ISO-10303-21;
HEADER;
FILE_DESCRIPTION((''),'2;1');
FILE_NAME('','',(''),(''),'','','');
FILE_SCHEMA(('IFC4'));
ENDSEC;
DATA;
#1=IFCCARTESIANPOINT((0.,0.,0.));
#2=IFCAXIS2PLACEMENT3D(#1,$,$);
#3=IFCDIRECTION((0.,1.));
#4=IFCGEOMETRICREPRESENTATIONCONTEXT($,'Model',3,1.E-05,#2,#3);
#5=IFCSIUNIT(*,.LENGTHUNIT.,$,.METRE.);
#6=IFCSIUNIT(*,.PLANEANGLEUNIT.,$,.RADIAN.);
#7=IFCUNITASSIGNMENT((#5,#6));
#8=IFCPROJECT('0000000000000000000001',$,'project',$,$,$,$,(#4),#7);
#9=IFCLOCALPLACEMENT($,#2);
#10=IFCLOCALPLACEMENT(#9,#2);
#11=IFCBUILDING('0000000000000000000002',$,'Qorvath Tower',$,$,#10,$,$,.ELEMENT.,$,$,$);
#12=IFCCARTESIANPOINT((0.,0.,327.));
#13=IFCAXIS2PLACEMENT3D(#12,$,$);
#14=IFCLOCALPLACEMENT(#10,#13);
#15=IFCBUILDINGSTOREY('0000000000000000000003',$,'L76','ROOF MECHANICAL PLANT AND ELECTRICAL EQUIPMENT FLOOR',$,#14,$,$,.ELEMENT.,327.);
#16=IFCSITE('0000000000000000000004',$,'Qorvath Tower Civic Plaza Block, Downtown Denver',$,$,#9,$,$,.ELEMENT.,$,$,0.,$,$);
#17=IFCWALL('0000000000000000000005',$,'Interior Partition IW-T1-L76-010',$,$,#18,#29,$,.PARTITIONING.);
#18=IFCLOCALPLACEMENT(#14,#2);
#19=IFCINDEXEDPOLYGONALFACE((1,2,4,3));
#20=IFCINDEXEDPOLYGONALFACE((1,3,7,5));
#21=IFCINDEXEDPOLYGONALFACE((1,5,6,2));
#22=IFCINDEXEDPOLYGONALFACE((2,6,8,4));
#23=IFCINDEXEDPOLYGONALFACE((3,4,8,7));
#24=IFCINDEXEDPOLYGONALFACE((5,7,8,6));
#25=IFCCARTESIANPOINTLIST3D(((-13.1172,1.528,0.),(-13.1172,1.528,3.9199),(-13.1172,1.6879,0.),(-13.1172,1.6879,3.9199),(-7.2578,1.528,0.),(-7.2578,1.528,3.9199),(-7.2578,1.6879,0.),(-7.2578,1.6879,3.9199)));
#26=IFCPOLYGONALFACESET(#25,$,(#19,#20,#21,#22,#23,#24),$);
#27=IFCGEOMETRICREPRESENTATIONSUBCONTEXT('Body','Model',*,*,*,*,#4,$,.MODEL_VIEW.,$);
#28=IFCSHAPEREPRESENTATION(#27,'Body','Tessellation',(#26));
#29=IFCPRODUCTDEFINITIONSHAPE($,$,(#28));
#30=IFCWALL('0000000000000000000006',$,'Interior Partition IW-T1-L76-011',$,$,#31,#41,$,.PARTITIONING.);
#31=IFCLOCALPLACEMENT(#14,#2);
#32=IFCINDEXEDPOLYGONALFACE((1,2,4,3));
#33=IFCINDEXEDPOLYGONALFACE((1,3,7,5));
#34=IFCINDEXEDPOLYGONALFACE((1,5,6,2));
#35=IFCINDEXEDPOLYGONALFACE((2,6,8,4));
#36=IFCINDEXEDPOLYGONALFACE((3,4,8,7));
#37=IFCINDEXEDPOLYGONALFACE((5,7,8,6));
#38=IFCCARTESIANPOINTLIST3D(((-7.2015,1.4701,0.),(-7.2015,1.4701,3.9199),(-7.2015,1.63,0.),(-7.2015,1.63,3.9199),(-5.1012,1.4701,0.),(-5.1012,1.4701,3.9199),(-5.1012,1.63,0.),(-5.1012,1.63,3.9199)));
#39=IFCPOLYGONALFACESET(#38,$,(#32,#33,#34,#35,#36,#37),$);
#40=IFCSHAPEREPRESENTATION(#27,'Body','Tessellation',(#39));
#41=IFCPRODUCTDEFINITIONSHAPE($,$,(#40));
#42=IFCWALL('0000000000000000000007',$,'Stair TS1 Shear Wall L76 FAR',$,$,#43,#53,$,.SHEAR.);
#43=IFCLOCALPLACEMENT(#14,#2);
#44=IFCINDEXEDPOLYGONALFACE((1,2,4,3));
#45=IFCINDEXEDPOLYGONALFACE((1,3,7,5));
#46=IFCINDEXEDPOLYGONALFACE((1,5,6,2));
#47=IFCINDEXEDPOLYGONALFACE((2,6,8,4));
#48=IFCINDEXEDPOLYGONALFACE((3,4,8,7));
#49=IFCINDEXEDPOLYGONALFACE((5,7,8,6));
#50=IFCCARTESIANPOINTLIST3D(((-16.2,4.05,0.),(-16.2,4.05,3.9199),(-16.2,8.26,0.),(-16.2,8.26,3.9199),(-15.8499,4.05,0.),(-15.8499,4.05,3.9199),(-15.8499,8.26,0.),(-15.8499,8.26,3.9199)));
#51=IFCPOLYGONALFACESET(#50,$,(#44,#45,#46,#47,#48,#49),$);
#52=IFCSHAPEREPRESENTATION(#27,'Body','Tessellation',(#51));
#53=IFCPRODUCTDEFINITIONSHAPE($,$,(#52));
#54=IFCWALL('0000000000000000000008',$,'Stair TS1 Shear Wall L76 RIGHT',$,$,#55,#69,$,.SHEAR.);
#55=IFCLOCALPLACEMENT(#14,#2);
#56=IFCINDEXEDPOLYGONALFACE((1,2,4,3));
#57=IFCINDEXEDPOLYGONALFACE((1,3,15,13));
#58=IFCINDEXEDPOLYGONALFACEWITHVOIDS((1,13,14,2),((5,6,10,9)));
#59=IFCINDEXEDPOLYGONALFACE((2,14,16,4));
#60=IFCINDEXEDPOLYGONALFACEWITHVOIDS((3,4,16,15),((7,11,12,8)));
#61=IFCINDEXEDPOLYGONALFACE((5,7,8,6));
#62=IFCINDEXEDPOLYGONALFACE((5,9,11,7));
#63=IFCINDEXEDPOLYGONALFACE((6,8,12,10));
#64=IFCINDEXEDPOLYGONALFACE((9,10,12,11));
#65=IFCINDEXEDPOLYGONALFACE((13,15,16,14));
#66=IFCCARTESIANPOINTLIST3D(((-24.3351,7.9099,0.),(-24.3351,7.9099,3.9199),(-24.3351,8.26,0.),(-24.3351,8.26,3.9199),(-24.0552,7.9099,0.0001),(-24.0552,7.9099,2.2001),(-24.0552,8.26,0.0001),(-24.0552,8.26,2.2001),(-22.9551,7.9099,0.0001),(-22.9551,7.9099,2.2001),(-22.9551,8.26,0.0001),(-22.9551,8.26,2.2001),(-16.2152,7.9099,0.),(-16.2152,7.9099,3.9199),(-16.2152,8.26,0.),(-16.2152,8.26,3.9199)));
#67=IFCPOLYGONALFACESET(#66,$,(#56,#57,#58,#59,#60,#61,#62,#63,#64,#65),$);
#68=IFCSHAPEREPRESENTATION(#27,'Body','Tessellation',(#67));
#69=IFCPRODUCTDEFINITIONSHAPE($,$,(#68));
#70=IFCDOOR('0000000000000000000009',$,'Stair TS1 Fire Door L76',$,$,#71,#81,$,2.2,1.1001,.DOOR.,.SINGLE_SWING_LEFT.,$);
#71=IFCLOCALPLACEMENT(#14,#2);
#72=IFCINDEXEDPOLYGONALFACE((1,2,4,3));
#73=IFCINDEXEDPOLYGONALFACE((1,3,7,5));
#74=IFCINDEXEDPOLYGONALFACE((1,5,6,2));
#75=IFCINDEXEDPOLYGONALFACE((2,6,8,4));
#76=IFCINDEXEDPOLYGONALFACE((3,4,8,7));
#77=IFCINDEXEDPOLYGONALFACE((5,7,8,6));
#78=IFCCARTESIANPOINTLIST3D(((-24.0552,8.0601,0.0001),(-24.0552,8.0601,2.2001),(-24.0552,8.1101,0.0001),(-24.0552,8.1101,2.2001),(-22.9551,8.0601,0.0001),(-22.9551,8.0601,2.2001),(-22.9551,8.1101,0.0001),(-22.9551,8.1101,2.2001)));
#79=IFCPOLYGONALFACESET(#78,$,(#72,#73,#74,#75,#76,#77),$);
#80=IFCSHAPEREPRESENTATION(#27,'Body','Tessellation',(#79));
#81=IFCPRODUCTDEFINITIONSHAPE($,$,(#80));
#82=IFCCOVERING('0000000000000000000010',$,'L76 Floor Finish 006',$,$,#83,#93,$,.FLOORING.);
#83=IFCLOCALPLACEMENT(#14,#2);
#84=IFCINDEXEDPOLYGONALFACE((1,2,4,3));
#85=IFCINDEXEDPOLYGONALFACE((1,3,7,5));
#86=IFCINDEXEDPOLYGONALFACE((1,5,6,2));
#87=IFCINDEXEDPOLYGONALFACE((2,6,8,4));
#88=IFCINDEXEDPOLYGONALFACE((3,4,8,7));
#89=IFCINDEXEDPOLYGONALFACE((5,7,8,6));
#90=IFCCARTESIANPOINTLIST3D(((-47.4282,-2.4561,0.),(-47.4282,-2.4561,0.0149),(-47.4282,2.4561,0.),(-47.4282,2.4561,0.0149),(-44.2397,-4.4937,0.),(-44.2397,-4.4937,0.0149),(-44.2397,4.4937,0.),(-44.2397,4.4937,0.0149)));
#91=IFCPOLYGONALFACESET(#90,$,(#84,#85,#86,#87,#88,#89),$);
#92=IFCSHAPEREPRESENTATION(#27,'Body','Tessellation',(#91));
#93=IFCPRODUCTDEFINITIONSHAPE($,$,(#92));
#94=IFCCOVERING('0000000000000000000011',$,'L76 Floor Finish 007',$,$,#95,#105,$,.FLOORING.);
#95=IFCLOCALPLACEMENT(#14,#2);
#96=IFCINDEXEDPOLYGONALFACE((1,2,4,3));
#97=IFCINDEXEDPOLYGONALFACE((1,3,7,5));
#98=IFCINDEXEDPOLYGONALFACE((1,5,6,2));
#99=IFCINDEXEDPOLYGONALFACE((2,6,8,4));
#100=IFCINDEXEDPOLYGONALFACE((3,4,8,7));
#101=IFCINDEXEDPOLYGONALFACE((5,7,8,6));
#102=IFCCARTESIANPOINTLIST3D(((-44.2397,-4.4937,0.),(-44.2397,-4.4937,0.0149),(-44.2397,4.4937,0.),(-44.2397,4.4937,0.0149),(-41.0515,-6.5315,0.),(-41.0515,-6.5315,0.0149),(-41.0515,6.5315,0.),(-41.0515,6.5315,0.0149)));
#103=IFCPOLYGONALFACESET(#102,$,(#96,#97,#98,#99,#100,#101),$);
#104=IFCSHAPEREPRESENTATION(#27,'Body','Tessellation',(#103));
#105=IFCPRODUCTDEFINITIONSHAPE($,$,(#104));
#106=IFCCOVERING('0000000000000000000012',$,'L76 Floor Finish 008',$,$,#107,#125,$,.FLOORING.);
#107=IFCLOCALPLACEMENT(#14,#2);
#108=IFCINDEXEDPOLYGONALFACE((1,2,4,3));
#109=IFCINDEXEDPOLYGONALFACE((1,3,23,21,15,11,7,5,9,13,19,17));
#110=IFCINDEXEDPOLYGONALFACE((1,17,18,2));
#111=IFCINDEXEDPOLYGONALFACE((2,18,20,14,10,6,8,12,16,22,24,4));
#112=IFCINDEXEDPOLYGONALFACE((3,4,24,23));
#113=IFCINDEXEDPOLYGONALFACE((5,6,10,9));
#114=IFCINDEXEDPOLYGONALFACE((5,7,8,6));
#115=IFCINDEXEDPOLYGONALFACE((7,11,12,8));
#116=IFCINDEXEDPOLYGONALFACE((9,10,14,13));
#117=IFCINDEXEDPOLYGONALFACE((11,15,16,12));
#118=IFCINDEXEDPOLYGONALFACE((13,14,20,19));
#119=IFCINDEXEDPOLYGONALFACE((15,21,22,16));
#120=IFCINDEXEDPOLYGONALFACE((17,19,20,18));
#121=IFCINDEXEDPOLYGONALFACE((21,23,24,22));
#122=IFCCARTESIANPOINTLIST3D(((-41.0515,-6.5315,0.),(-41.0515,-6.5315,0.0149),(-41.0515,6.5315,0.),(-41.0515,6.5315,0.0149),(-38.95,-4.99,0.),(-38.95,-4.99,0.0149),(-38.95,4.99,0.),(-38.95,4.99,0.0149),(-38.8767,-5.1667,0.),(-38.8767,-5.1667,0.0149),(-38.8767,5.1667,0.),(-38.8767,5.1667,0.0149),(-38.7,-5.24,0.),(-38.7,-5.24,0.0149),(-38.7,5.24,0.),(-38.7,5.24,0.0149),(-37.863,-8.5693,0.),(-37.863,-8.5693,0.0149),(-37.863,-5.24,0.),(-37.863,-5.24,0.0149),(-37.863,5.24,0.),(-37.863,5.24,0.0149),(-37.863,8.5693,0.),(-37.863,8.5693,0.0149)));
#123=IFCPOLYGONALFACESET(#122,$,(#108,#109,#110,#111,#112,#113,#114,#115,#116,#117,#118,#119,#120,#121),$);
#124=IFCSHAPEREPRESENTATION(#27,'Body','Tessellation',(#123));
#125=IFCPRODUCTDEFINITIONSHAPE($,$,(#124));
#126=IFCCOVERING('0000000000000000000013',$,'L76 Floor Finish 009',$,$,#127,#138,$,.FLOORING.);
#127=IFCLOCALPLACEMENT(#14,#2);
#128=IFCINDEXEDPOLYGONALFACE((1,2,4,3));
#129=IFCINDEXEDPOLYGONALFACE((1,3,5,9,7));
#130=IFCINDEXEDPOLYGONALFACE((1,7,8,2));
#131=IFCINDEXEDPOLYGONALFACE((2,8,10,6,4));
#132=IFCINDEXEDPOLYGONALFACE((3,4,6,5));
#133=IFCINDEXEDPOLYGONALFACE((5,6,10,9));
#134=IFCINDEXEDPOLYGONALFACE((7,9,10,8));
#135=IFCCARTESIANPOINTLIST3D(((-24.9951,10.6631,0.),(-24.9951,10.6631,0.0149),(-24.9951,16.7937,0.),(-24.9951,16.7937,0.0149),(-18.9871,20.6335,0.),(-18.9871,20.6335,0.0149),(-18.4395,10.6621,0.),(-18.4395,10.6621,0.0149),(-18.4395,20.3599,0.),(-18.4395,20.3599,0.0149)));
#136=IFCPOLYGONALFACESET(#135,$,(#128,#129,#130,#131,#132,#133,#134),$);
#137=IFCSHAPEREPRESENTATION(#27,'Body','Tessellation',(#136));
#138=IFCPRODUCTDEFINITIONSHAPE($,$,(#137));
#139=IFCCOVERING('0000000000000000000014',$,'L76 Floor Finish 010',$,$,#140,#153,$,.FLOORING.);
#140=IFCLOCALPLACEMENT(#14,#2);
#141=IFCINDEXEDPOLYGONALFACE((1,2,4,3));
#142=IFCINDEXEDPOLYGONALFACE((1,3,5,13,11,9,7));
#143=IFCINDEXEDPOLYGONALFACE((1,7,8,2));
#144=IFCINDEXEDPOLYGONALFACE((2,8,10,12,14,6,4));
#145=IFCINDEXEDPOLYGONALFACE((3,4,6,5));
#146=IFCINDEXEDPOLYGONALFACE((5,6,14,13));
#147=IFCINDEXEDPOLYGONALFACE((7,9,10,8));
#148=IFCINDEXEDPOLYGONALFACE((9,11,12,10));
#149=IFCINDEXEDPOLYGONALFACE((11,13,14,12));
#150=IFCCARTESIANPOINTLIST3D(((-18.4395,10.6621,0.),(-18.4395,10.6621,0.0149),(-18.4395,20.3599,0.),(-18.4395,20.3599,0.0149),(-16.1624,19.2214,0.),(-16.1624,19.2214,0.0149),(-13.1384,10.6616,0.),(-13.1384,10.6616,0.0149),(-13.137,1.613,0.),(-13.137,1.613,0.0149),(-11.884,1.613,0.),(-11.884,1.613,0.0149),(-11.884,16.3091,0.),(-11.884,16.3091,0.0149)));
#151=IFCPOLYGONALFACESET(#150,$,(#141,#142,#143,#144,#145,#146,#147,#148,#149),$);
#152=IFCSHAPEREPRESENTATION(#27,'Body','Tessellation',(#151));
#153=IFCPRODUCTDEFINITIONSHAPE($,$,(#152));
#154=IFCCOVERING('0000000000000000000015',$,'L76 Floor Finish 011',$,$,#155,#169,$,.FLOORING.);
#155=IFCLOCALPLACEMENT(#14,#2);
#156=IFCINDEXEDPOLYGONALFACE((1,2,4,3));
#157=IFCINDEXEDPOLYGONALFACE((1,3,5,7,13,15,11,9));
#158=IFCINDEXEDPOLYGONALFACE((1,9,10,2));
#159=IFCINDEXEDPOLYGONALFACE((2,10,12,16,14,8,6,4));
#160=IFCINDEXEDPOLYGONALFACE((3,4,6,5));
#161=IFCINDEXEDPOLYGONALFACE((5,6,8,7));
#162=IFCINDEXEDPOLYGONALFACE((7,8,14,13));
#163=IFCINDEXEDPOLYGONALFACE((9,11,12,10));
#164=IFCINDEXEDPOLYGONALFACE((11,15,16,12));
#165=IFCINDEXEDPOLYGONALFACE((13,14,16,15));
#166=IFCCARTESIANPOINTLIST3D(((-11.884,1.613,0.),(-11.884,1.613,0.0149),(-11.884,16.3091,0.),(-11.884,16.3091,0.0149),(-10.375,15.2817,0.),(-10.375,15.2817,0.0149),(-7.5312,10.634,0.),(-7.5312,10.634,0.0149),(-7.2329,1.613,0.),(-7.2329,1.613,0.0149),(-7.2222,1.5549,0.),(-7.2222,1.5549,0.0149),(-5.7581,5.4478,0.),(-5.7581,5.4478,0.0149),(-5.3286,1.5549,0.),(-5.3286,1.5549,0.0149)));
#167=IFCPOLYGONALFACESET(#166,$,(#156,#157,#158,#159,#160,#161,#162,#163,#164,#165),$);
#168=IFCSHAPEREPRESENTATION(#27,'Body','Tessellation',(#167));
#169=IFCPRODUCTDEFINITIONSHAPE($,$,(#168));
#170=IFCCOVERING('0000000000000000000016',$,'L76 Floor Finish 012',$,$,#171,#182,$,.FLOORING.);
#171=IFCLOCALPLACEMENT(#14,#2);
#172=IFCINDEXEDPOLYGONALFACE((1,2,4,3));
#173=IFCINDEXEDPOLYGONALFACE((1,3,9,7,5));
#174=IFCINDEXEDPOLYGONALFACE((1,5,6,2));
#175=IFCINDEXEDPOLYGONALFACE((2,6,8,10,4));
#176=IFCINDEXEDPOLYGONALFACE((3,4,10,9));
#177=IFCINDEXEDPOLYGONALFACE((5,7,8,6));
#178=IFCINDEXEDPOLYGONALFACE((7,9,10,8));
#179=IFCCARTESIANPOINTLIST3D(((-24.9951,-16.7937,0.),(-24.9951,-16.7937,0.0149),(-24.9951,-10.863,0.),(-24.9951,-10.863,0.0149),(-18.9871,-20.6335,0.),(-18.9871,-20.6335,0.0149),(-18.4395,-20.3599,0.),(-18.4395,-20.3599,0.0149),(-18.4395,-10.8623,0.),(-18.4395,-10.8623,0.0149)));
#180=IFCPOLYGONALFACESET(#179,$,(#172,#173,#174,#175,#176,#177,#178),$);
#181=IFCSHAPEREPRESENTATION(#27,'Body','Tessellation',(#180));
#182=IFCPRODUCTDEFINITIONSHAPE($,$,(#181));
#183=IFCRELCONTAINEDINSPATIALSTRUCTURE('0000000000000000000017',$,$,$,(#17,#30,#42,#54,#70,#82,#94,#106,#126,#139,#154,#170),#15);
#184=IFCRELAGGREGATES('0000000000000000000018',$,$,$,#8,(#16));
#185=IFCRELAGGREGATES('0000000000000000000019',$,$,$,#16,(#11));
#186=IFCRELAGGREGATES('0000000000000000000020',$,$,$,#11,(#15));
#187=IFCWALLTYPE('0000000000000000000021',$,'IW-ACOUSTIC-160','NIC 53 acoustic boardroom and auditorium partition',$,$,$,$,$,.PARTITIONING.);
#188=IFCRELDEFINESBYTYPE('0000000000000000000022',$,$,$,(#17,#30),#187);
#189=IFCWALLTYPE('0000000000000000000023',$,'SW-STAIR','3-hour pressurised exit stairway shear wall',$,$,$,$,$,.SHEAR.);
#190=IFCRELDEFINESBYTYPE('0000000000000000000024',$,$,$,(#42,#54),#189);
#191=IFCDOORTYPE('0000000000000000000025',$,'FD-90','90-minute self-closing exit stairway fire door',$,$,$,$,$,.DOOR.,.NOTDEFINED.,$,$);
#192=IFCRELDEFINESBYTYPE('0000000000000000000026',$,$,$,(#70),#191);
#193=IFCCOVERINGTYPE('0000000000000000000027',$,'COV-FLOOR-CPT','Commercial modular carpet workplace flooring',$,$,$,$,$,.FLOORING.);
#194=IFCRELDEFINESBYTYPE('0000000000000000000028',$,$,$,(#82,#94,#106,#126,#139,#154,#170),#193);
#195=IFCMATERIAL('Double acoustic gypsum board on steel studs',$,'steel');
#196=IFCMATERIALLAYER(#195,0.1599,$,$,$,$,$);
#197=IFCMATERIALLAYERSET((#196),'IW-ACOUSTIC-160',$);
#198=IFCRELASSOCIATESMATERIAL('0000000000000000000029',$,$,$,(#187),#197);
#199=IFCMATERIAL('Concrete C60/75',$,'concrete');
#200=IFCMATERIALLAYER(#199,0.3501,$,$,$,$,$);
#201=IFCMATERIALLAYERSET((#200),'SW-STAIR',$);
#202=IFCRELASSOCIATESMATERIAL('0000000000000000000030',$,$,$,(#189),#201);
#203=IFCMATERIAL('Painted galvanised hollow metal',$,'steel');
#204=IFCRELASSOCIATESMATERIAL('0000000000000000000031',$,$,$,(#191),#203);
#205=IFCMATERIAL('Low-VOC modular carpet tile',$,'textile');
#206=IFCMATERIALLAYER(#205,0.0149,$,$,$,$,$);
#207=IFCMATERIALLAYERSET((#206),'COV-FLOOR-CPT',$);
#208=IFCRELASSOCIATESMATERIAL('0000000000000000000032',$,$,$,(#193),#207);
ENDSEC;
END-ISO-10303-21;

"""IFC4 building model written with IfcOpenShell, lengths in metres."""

from ifc_helpers import new_model, si_unit, direction, frame, frame_2d, origin, place, context, subcontext, project, spatial, polyline, rectangle, outline, extrude, material, layer, layer_set, type_object, element, fill, save


model = new_model("IFC4")

# Units and contexts
model_context = context("Model", 3, precision=1e-05, world=origin(), true_north=direction((0.0, 1.0)))
body_context = subcontext(model_context, "Body", "Model", "MODEL_VIEW")
ifc_project = project(units=[si_unit("LENGTHUNIT", "METRE"), si_unit("PLANEANGLEUNIT", "RADIAN")], contexts=[model_context])

# Site, building, storey
site_placement = place(None, origin())
site = spatial("IfcSite", under=ifc_project, at=site_placement, Name="Qorvath Tower Civic Plaza Block, Downtown Denver", CompositionType="ELEMENT", RefElevation=0.0)
building_placement = place(site_placement, origin())
building = spatial("IfcBuilding", under=site, at=building_placement, Name="Qorvath Tower", CompositionType="ELEMENT")
storey_placement = place(building_placement, frame((0.0, 0.0, 327.0)))
storey = spatial("IfcBuildingStorey", under=building, at=storey_placement, Name="L76", Description="ROOF MECHANICAL PLANT AND ELECTRICAL EQUIPMENT FLOOR", CompositionType="ELEMENT", Elevation=327.0)

# Walls
ifc_material_1 = material(Name="Double acoustic gypsum board on steel studs", Category="steel")
ifc_layer_1 = layer(ifc_material_1, 0.1599)
ifc_layer_set_1 = layer_set([ifc_layer_1], Name="IW-ACOUSTIC-160")
wall_type_1 = type_object("IfcWallType", Name="IW-ACOUSTIC-160", Description="NIC 53 acoustic boardroom and auditorium partition", PredefinedType="PARTITIONING", material=ifc_layer_set_1)
wall_1_placement = place(storey_placement, frame((-13.1172, 1.6079, 0.0), z_axis=(0.0, 0.0, 1.0), x_axis=(1.0, 0.0, 0.0)))
element("IfcWall", 1, at=wall_1_placement, inside=storey, type_object=wall_type_1, Name="Interior Partition IW-T1-L76-010", PredefinedType="PARTITIONING", context=body_context, shape_type="SweptSolid", body=[
    extrude(rectangle(XDim=5.8594, YDim=0.1599, at=frame_2d((2.9297, 0.0))), origin(), (0.0, 0.0, 1.0), 3.9199),
])
wall_2_placement = place(storey_placement, frame((-7.2017, 1.55, 0.0), z_axis=(0.0, 0.0, 1.0), x_axis=(1.0, 0.0, 0.0)))
element("IfcWall", 2, at=wall_2_placement, inside=storey, type_object=wall_type_1, Name="Interior Partition IW-T1-L76-011", PredefinedType="PARTITIONING", context=body_context, shape_type="SweptSolid", body=[
    extrude(rectangle(XDim=2.1003, YDim=0.1599, at=frame_2d((1.0503, 0.0))), origin(), (0.0, 0.0, 1.0), 3.9199),
])
ifc_material_2 = material(Name="Concrete C60/75", Category="concrete")
ifc_layer_2 = layer(ifc_material_2, 0.3501)
ifc_layer_set_2 = layer_set([ifc_layer_2], Name="SW-STAIR")
wall_type_2 = type_object("IfcWallType", Name="SW-STAIR", Description="3-hour pressurised exit stairway shear wall", PredefinedType="SHEAR", material=ifc_layer_set_2)
wall_3_placement = place(storey_placement, frame((-16.0249, 4.05, 0.0), z_axis=(0.0, 0.0, 1.0), x_axis=(0.0, 1.0, 0.0)))
element("IfcWall", 3, at=wall_3_placement, inside=storey, type_object=wall_type_2, Name="Stair TS1 Shear Wall L76 FAR", PredefinedType="SHEAR", context=body_context, shape_type="SweptSolid", body=[
    extrude(rectangle(XDim=4.21, YDim=0.3501, at=frame_2d((2.105, 0.0))), origin(), (0.0, 0.0, 1.0), 3.9199),
])

# Wall, opening, door
wall_4_placement = place(storey_placement, frame((-16.2151, 8.085, 0.0), z_axis=(0.0, 0.0, 1.0), x_axis=(-1.0, 0.0, 0.0)))
wall_4 = element("IfcWall", 4, at=wall_4_placement, inside=storey, type_object=wall_type_2, Name="Stair TS1 Shear Wall L76 RIGHT", PredefinedType="SHEAR", context=body_context, shape_type="SweptSolid", body=[
    extrude(rectangle(XDim=8.1199, YDim=0.3501, at=frame_2d((4.0601, 0.0))), origin(), (0.0, 0.0, 1.0), 3.9199),
])
opening_placement = place(wall_4_placement, frame((6.74, 0.0, 0.0)))
opening = element("IfcOpeningElement", 5, at=opening_placement, cuts=wall_4, PredefinedType="OPENING", context=body_context, shape_type="SweptSolid", body=[
    extrude(rectangle(XDim=1.1001, YDim=2.2, at=frame_2d((0.55, 1.1001))), frame((0.0, 0.1851, 0.0), z_axis=(0.0, -1.0, 0.0), x_axis=(1.0, 0.0, 0.0)), (0.0, 0.0, 1.0), 0.3701),
])
ifc_material_3 = material(Name="Painted galvanised hollow metal", Category="steel")
door_type = type_object("IfcDoorType", Name="FD-90", Description="90-minute self-closing exit stairway fire door", OperationType="NOTDEFINED", PredefinedType="DOOR", material=ifc_material_3)
door_placement = place(opening_placement, origin())
door = element("IfcDoor", 6, at=door_placement, inside=storey, type_object=door_type, Name="Stair TS1 Fire Door L76", OperationType="SINGLE_SWING_LEFT", OverallHeight=2.2, OverallWidth=1.1001, PredefinedType="DOOR", context=body_context, shape_type="SweptSolid", body=[
    extrude(rectangle(XDim=1.1001, YDim=2.2, at=frame_2d((0.55, 1.1001))), frame((0.0, 0.0249, 0.0), z_axis=(0.0, -1.0, 0.0), x_axis=(1.0, 0.0, 0.0)), (0.0, 0.0, 1.0), 0.05),
])
fill(opening, door)

# Coverings
ifc_material_4 = material(Name="Low-VOC modular carpet tile", Category="textile")
ifc_layer_3 = layer(ifc_material_4, 0.0149)
ifc_layer_set_3 = layer_set([ifc_layer_3], Name="COV-FLOOR-CPT")
covering_type = type_object("IfcCoveringType", Name="COV-FLOOR-CPT", Description="Commercial modular carpet workplace flooring", PredefinedType="FLOORING", material=ifc_layer_set_3)
covering_1_placement = place(storey_placement, origin())
element("IfcCovering", 7, at=covering_1_placement, inside=storey, type_object=covering_type, Name="L76 Floor Finish 006", PredefinedType="FLOORING", context=body_context, shape_type="SweptSolid", body=[
    extrude(outline(polyline([(-44.2397, -4.4937), (-44.2397, 4.4937), (-47.4282, 2.4561), (-47.4282, -2.4561), (-44.2397, -4.4937)])), origin(), (0.0, 0.0, 1.0), 0.0149),
])
covering_2_placement = place(storey_placement, origin())
element("IfcCovering", 8, at=covering_2_placement, inside=storey, type_object=covering_type, Name="L76 Floor Finish 007", PredefinedType="FLOORING", context=body_context, shape_type="SweptSolid", body=[
    extrude(outline(polyline([(-41.0515, -6.5315), (-41.0515, 6.5315), (-44.2397, 4.4937), (-44.2397, -4.4937), (-41.0515, -6.5315)])), origin(), (0.0, 0.0, 1.0), 0.0149),
])
covering_3_placement = place(storey_placement, origin())
element("IfcCovering", 9, at=covering_3_placement, inside=storey, type_object=covering_type, Name="L76 Floor Finish 008", PredefinedType="FLOORING", context=body_context, shape_type="SweptSolid", body=[
    extrude(outline(polyline([(-37.863, 8.5693), (-41.0515, 6.5315), (-41.0515, -6.5315), (-37.863, -8.5693), (-37.863, -5.24), (-38.7, -5.24), (-38.8767, -5.1667), (-38.95, -4.99), (-38.95, 4.99), (-38.8767, 5.1667), (-38.7, 5.24), (-37.863, 5.24), (-37.863, 8.5693)])), origin(), (0.0, 0.0, 1.0), 0.0149),
])
covering_4_placement = place(storey_placement, origin())
element("IfcCovering", 10, at=covering_4_placement, inside=storey, type_object=covering_type, Name="L76 Floor Finish 009", PredefinedType="FLOORING", context=body_context, shape_type="SweptSolid", body=[
    extrude(outline(polyline([(-18.4395, 10.6621), (-18.4395, 20.3599), (-18.9871, 20.6335), (-24.9951, 16.7937), (-24.9951, 10.6631), (-18.4395, 10.6621)])), origin(), (0.0, 0.0, 1.0), 0.0149),
])
covering_5_placement = place(storey_placement, origin())
element("IfcCovering", 11, at=covering_5_placement, inside=storey, type_object=covering_type, Name="L76 Floor Finish 010", PredefinedType="FLOORING", context=body_context, shape_type="SweptSolid", body=[
    extrude(outline(polyline([(-11.884, 1.613), (-11.884, 16.3091), (-16.1624, 19.2214), (-18.4395, 20.3599), (-18.4395, 10.6621), (-13.1384, 10.6616), (-13.137, 1.613), (-11.884, 1.613)])), origin(), (0.0, 0.0, 1.0), 0.0149),
])
covering_6_placement = place(storey_placement, origin())
element("IfcCovering", 12, at=covering_6_placement, inside=storey, type_object=covering_type, Name="L76 Floor Finish 011", PredefinedType="FLOORING", context=body_context, shape_type="SweptSolid", body=[
    extrude(outline(polyline([(-5.7581, 5.4478), (-7.5312, 10.634), (-10.375, 15.2817), (-11.884, 16.3091), (-11.884, 1.613), (-7.2329, 1.613), (-7.2222, 1.5549), (-5.3286, 1.5549), (-5.7581, 5.4478)])), origin(), (0.0, 0.0, 1.0), 0.0149),
])
covering_7_placement = place(storey_placement, origin())
element("IfcCovering", 13, at=covering_7_placement, inside=storey, type_object=covering_type, Name="L76 Floor Finish 012", PredefinedType="FLOORING", context=body_context, shape_type="SweptSolid", body=[
    extrude(outline(polyline([(-18.4395, -20.3599), (-18.4395, -10.8623), (-24.9951, -10.863), (-24.9951, -16.7937), (-18.9871, -20.6335), (-18.4395, -20.3599)])), origin(), (0.0, 0.0, 1.0), 0.0149),
])

save(model, "model.ifc")
